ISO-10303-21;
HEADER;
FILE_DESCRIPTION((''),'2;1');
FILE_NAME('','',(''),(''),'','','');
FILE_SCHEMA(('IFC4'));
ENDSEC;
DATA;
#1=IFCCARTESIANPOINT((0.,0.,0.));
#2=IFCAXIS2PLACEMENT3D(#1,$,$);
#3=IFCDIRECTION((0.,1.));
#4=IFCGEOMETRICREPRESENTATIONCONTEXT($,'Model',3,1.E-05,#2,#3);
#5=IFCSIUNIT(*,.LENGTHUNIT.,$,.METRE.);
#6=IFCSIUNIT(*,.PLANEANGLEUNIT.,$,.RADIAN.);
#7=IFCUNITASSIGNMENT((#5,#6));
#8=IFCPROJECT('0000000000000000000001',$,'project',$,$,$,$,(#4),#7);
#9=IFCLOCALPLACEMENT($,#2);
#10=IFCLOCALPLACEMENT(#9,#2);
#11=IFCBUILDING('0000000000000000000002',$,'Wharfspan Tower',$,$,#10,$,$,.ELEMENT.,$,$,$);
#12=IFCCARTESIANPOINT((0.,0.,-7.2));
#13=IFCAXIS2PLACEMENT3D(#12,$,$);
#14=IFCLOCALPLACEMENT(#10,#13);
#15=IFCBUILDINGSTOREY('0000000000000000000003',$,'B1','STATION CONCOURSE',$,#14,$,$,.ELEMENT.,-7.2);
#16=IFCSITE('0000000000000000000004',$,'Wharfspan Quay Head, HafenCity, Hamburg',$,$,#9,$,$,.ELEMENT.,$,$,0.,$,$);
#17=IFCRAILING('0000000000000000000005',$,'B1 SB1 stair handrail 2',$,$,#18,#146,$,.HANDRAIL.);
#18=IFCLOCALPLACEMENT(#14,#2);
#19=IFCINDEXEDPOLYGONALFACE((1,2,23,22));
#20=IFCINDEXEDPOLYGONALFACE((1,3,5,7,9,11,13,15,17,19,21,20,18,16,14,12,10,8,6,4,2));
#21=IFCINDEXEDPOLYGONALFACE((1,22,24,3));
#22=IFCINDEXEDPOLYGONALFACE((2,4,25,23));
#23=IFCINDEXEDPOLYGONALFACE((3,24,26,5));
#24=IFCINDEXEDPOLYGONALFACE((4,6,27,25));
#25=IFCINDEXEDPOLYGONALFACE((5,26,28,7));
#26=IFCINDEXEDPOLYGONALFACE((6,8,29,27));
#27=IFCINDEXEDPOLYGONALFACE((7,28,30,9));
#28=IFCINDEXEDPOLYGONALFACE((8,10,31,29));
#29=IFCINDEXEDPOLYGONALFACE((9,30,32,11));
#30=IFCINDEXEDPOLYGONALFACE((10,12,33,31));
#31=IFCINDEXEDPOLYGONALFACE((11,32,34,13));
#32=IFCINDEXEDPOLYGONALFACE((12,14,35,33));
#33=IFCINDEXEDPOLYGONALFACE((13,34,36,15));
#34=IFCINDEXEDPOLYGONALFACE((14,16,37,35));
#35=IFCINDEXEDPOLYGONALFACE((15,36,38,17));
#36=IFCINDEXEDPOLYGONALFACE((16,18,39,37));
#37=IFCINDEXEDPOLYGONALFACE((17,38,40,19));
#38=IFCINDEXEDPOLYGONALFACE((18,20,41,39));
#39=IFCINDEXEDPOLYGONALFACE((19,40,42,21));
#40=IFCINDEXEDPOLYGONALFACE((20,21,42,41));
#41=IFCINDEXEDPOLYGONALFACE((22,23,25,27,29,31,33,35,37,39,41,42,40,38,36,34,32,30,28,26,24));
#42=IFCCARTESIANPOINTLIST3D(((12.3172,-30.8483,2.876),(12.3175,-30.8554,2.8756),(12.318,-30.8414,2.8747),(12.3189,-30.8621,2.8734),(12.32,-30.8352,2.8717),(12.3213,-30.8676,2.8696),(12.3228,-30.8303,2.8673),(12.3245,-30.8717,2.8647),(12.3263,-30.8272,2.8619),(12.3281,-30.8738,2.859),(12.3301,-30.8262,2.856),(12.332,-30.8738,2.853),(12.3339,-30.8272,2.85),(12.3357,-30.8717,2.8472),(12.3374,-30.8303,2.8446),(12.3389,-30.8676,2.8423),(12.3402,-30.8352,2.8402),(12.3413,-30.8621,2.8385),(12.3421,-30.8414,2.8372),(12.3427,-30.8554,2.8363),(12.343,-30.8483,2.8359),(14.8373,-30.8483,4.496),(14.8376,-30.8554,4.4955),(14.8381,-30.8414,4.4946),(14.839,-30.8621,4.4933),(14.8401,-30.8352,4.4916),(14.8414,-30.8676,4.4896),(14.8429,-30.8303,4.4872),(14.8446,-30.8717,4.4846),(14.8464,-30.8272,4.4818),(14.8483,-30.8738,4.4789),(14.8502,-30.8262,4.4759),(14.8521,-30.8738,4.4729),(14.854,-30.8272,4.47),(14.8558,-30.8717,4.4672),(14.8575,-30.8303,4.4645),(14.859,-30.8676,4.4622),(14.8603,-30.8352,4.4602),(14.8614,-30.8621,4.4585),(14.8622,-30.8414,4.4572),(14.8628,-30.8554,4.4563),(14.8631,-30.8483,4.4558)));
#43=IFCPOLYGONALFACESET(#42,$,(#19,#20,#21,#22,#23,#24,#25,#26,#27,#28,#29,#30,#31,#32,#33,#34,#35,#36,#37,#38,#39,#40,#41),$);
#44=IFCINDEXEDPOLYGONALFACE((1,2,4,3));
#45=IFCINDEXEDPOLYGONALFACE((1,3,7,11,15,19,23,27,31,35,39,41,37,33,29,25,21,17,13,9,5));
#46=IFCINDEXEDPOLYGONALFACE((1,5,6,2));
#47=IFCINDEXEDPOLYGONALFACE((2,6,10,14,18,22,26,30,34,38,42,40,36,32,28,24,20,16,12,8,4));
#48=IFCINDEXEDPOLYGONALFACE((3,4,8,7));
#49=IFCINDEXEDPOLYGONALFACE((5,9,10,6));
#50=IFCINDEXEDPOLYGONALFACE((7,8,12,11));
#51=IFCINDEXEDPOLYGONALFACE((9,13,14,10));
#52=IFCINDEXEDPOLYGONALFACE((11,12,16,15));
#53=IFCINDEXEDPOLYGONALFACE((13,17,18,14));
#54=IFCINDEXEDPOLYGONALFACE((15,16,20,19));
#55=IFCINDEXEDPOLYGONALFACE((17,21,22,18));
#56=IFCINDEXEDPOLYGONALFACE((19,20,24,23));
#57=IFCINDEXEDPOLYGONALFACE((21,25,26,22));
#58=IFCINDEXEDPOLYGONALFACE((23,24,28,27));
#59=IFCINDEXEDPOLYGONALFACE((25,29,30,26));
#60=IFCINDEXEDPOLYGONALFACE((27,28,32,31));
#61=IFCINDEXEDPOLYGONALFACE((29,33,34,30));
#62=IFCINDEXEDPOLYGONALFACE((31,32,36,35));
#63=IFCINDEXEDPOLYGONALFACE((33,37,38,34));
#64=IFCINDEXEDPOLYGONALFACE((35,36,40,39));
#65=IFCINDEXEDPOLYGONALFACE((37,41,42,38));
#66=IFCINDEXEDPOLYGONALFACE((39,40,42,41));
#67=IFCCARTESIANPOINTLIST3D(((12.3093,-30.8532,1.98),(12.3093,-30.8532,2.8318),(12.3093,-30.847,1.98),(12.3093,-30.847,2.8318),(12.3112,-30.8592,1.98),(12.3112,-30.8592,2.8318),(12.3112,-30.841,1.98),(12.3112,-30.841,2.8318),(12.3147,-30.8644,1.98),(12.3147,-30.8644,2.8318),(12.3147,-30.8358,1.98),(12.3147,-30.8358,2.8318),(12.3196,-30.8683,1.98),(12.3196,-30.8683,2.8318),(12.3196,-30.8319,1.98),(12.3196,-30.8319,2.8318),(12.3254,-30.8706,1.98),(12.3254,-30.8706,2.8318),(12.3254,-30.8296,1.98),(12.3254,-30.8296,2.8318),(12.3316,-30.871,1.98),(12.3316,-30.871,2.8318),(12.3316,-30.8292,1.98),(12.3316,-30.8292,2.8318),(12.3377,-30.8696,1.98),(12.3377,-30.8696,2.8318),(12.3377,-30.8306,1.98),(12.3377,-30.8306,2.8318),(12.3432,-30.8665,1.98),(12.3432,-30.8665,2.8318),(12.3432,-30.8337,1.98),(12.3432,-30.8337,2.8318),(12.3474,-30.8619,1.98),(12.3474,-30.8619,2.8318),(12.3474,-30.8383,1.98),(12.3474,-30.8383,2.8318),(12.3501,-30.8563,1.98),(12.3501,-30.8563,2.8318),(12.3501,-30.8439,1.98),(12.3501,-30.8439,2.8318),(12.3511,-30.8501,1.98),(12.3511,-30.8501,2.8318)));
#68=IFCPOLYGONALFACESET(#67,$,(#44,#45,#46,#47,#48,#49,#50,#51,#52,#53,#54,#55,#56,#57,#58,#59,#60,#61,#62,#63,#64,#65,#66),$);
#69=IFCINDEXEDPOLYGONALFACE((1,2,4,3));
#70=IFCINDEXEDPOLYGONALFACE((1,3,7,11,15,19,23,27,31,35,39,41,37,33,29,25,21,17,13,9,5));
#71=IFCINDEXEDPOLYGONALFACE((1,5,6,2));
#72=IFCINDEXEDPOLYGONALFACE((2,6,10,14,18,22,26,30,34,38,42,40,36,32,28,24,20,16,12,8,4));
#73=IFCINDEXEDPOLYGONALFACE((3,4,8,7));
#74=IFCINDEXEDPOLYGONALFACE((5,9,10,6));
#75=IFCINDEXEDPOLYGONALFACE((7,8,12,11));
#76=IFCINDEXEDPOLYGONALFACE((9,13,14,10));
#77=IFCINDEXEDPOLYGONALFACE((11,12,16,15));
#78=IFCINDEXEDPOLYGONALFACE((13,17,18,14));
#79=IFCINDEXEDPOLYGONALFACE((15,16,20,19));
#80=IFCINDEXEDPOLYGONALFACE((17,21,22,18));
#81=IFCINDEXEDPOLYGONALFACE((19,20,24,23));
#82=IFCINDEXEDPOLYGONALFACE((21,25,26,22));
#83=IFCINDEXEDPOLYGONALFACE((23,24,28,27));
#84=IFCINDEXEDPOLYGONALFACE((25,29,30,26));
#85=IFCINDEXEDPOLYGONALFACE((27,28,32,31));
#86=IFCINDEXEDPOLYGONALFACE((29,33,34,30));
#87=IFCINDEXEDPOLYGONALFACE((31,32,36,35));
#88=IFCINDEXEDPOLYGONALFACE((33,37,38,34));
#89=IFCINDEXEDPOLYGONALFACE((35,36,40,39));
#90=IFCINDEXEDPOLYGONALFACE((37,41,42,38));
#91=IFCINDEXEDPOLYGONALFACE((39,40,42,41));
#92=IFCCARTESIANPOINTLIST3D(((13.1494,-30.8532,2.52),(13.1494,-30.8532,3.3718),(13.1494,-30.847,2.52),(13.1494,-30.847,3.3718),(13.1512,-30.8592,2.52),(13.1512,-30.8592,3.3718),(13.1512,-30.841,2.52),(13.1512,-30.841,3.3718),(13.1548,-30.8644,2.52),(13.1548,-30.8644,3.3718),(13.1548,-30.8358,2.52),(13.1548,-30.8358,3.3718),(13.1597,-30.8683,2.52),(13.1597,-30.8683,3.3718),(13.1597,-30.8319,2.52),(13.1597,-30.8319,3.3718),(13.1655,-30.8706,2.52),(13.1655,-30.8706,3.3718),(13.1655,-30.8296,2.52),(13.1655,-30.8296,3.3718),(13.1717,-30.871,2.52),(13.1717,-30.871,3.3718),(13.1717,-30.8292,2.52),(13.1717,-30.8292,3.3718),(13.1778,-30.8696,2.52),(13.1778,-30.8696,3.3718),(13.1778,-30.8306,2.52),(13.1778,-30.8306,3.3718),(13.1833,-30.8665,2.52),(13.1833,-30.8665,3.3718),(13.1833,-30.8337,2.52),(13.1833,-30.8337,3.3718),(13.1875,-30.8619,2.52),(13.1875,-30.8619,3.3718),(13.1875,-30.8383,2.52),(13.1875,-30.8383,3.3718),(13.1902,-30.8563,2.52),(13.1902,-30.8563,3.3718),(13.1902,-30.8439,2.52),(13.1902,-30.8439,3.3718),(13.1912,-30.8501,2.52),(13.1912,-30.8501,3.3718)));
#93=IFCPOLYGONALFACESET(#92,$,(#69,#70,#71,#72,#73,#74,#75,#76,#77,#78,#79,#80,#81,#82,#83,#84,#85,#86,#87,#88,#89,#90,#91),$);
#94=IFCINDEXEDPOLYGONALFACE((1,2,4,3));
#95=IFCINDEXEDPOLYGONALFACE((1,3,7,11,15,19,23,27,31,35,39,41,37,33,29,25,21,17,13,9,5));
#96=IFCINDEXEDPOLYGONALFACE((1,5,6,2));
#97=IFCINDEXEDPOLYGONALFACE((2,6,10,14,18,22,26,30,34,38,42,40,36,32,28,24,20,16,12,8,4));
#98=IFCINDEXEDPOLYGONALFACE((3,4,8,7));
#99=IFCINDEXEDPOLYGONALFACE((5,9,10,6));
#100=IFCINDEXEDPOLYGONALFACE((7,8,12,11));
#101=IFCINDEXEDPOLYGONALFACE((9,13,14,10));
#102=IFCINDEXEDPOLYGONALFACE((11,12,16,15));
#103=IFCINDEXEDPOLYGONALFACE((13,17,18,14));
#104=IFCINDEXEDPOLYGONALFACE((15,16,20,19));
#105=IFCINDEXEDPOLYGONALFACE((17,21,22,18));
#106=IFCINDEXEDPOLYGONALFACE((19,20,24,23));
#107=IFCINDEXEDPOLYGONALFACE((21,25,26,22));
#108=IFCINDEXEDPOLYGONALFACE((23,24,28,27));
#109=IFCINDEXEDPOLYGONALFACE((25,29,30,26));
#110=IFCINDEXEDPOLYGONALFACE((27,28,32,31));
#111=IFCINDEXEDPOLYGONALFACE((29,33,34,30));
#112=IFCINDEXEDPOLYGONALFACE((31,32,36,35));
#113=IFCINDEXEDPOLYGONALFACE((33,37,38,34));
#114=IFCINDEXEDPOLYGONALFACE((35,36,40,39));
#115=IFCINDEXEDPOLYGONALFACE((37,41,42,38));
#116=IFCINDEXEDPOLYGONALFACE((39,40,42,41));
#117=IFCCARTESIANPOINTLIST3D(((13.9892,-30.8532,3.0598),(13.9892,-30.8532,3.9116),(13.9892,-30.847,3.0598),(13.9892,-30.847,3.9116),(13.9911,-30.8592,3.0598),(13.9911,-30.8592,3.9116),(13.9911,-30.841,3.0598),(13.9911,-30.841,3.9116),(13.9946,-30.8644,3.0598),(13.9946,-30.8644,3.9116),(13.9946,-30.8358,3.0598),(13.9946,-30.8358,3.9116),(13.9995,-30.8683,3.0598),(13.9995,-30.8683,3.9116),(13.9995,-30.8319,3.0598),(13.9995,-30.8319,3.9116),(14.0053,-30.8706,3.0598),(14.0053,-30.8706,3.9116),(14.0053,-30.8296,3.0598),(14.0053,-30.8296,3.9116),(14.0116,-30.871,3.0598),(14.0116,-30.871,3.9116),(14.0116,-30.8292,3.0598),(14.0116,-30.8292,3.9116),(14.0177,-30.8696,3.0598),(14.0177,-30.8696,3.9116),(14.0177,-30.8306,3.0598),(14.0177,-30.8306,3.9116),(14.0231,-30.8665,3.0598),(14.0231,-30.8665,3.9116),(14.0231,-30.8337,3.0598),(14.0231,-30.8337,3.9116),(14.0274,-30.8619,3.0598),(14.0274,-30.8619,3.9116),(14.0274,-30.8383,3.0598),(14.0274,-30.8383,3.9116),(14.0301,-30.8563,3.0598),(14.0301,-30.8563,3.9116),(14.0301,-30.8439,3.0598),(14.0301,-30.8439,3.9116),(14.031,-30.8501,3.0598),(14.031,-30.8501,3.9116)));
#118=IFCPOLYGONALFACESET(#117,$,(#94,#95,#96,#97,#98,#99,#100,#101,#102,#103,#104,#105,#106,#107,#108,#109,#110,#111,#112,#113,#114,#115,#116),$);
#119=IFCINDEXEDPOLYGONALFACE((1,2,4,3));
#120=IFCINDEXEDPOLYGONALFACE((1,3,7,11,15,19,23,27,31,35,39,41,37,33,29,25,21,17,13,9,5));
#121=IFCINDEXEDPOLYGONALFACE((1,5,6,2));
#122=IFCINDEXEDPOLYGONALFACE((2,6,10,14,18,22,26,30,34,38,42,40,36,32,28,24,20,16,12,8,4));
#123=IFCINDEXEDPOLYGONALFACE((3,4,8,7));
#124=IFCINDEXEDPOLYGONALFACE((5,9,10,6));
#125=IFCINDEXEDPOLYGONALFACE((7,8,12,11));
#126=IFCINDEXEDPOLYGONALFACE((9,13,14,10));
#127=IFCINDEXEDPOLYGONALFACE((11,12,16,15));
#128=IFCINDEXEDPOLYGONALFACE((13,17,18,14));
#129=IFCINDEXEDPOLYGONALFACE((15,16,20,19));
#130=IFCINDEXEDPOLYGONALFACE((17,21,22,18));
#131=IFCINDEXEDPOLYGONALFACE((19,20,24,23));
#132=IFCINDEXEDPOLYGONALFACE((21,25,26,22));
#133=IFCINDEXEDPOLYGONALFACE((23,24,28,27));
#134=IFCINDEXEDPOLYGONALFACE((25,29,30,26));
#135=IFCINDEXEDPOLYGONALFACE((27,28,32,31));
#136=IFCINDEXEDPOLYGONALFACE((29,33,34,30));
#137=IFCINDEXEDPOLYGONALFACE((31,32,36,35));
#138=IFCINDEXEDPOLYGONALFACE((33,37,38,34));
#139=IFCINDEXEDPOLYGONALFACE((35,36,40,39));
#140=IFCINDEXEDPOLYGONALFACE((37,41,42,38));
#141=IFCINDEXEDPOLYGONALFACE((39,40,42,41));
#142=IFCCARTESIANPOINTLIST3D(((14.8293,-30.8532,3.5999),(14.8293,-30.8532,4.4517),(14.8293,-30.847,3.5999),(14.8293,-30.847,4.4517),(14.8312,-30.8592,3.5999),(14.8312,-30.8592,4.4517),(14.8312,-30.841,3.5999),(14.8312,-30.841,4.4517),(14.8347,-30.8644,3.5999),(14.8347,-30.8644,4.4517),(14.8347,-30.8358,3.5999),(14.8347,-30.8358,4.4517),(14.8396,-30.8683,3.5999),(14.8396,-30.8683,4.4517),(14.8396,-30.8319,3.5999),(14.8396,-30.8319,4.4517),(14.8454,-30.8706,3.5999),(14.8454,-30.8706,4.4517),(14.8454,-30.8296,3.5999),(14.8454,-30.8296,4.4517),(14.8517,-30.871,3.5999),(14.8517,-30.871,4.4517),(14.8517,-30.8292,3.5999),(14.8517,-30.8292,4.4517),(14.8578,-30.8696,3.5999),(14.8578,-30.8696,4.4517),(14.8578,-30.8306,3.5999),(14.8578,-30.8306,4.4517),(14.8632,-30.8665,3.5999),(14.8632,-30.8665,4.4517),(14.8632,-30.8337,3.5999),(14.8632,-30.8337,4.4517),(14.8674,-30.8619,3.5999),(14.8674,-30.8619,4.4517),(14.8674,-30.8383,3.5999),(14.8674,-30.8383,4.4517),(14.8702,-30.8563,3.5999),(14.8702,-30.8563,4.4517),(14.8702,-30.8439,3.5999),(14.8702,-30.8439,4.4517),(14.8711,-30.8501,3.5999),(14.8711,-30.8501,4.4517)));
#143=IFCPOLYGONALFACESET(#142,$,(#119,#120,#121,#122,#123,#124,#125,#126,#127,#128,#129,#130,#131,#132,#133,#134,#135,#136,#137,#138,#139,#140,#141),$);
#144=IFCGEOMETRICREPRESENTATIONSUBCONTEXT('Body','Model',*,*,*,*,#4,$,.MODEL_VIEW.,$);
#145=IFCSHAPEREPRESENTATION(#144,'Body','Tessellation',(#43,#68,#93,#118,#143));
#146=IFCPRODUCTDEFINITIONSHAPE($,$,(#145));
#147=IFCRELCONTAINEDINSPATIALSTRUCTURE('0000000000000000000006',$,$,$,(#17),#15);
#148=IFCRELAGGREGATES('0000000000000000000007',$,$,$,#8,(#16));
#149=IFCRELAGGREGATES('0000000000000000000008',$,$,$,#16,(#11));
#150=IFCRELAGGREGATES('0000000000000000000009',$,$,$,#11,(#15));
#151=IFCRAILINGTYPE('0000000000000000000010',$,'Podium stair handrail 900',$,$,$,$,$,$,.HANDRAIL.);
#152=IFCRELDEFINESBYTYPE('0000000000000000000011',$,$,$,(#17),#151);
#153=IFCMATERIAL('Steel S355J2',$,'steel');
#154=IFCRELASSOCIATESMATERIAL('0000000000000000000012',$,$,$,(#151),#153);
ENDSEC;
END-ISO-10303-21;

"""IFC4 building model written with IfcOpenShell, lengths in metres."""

from ifc_helpers import new_model, si_unit, direction, frame, origin, origin_2d, place, context, subcontext, project, spatial, circle, extrude, material, type_object, element, save


model = new_model("IFC4")

# Units and contexts
model_context = context("Model", 3, precision=1e-05, world=origin(), true_north=direction((0.0, 1.0)))
body_context = subcontext(model_context, "Body", "Model", "MODEL_VIEW")
ifc_project = project(units=[si_unit("LENGTHUNIT", "METRE"), si_unit("PLANEANGLEUNIT", "RADIAN")], contexts=[model_context])

# Site, building, storey
site_placement = place(None, origin())
site = spatial("IfcSite", under=ifc_project, at=site_placement, Name="Wharfspan Quay Head, HafenCity, Hamburg", CompositionType="ELEMENT", RefElevation=0.0)
building_placement = place(site_placement, origin())
building = spatial("IfcBuilding", under=site, at=building_placement, Name="Wharfspan Tower", CompositionType="ELEMENT")
storey_placement = place(building_placement, frame((0.0, 0.0, -7.2)))
storey = spatial("IfcBuildingStorey", under=building, at=storey_placement, Name="B1", Description="STATION CONCOURSE", CompositionType="ELEMENT", Elevation=-7.2)

# Railing
ifc_material_1 = material(Name="Steel S355J2", Category="steel")
railing_type_1 = type_object("IfcRailingType", Name="Podium stair handrail 900", PredefinedType="HANDRAIL", material=ifc_material_1)
railing_1_placement = place(storey_placement, frame((12.3301, -30.8501, 1.98)))
element("IfcRailing", 1, at=railing_1_placement, inside=storey, type_object=railing_type_1, Name="B1 SB1 stair handrail 2", PredefinedType="HANDRAIL", context=body_context, shape_type="SweptSolid", body=[
    extrude(circle(Radius=0.0239, at=origin_2d()), frame((0.0, 0.0, 0.876), z_axis=(0.8412, 0.0, 0.540725), x_axis=(0.0, 1.0, 0.0)), (0.0, 0.0, 1.0), 2.9958),
    extrude(circle(Radius=0.021, at=origin_2d()), origin(), (0.0, 0.0, 1.0), 0.8518),
    extrude(circle(Radius=0.021, at=origin_2d()), frame((0.8401, 0.0, 0.54)), (0.0, 0.0, 1.0), 0.8518),
    extrude(circle(Radius=0.021, at=origin_2d()), frame((1.6799, 0.0, 1.0798)), (0.0, 0.0, 1.0), 0.8518),
    extrude(circle(Radius=0.021, at=origin_2d()), frame((2.52, 0.0, 1.6199)), (0.0, 0.0, 1.0), 0.8518),
])

save(model, "model.ifc")
